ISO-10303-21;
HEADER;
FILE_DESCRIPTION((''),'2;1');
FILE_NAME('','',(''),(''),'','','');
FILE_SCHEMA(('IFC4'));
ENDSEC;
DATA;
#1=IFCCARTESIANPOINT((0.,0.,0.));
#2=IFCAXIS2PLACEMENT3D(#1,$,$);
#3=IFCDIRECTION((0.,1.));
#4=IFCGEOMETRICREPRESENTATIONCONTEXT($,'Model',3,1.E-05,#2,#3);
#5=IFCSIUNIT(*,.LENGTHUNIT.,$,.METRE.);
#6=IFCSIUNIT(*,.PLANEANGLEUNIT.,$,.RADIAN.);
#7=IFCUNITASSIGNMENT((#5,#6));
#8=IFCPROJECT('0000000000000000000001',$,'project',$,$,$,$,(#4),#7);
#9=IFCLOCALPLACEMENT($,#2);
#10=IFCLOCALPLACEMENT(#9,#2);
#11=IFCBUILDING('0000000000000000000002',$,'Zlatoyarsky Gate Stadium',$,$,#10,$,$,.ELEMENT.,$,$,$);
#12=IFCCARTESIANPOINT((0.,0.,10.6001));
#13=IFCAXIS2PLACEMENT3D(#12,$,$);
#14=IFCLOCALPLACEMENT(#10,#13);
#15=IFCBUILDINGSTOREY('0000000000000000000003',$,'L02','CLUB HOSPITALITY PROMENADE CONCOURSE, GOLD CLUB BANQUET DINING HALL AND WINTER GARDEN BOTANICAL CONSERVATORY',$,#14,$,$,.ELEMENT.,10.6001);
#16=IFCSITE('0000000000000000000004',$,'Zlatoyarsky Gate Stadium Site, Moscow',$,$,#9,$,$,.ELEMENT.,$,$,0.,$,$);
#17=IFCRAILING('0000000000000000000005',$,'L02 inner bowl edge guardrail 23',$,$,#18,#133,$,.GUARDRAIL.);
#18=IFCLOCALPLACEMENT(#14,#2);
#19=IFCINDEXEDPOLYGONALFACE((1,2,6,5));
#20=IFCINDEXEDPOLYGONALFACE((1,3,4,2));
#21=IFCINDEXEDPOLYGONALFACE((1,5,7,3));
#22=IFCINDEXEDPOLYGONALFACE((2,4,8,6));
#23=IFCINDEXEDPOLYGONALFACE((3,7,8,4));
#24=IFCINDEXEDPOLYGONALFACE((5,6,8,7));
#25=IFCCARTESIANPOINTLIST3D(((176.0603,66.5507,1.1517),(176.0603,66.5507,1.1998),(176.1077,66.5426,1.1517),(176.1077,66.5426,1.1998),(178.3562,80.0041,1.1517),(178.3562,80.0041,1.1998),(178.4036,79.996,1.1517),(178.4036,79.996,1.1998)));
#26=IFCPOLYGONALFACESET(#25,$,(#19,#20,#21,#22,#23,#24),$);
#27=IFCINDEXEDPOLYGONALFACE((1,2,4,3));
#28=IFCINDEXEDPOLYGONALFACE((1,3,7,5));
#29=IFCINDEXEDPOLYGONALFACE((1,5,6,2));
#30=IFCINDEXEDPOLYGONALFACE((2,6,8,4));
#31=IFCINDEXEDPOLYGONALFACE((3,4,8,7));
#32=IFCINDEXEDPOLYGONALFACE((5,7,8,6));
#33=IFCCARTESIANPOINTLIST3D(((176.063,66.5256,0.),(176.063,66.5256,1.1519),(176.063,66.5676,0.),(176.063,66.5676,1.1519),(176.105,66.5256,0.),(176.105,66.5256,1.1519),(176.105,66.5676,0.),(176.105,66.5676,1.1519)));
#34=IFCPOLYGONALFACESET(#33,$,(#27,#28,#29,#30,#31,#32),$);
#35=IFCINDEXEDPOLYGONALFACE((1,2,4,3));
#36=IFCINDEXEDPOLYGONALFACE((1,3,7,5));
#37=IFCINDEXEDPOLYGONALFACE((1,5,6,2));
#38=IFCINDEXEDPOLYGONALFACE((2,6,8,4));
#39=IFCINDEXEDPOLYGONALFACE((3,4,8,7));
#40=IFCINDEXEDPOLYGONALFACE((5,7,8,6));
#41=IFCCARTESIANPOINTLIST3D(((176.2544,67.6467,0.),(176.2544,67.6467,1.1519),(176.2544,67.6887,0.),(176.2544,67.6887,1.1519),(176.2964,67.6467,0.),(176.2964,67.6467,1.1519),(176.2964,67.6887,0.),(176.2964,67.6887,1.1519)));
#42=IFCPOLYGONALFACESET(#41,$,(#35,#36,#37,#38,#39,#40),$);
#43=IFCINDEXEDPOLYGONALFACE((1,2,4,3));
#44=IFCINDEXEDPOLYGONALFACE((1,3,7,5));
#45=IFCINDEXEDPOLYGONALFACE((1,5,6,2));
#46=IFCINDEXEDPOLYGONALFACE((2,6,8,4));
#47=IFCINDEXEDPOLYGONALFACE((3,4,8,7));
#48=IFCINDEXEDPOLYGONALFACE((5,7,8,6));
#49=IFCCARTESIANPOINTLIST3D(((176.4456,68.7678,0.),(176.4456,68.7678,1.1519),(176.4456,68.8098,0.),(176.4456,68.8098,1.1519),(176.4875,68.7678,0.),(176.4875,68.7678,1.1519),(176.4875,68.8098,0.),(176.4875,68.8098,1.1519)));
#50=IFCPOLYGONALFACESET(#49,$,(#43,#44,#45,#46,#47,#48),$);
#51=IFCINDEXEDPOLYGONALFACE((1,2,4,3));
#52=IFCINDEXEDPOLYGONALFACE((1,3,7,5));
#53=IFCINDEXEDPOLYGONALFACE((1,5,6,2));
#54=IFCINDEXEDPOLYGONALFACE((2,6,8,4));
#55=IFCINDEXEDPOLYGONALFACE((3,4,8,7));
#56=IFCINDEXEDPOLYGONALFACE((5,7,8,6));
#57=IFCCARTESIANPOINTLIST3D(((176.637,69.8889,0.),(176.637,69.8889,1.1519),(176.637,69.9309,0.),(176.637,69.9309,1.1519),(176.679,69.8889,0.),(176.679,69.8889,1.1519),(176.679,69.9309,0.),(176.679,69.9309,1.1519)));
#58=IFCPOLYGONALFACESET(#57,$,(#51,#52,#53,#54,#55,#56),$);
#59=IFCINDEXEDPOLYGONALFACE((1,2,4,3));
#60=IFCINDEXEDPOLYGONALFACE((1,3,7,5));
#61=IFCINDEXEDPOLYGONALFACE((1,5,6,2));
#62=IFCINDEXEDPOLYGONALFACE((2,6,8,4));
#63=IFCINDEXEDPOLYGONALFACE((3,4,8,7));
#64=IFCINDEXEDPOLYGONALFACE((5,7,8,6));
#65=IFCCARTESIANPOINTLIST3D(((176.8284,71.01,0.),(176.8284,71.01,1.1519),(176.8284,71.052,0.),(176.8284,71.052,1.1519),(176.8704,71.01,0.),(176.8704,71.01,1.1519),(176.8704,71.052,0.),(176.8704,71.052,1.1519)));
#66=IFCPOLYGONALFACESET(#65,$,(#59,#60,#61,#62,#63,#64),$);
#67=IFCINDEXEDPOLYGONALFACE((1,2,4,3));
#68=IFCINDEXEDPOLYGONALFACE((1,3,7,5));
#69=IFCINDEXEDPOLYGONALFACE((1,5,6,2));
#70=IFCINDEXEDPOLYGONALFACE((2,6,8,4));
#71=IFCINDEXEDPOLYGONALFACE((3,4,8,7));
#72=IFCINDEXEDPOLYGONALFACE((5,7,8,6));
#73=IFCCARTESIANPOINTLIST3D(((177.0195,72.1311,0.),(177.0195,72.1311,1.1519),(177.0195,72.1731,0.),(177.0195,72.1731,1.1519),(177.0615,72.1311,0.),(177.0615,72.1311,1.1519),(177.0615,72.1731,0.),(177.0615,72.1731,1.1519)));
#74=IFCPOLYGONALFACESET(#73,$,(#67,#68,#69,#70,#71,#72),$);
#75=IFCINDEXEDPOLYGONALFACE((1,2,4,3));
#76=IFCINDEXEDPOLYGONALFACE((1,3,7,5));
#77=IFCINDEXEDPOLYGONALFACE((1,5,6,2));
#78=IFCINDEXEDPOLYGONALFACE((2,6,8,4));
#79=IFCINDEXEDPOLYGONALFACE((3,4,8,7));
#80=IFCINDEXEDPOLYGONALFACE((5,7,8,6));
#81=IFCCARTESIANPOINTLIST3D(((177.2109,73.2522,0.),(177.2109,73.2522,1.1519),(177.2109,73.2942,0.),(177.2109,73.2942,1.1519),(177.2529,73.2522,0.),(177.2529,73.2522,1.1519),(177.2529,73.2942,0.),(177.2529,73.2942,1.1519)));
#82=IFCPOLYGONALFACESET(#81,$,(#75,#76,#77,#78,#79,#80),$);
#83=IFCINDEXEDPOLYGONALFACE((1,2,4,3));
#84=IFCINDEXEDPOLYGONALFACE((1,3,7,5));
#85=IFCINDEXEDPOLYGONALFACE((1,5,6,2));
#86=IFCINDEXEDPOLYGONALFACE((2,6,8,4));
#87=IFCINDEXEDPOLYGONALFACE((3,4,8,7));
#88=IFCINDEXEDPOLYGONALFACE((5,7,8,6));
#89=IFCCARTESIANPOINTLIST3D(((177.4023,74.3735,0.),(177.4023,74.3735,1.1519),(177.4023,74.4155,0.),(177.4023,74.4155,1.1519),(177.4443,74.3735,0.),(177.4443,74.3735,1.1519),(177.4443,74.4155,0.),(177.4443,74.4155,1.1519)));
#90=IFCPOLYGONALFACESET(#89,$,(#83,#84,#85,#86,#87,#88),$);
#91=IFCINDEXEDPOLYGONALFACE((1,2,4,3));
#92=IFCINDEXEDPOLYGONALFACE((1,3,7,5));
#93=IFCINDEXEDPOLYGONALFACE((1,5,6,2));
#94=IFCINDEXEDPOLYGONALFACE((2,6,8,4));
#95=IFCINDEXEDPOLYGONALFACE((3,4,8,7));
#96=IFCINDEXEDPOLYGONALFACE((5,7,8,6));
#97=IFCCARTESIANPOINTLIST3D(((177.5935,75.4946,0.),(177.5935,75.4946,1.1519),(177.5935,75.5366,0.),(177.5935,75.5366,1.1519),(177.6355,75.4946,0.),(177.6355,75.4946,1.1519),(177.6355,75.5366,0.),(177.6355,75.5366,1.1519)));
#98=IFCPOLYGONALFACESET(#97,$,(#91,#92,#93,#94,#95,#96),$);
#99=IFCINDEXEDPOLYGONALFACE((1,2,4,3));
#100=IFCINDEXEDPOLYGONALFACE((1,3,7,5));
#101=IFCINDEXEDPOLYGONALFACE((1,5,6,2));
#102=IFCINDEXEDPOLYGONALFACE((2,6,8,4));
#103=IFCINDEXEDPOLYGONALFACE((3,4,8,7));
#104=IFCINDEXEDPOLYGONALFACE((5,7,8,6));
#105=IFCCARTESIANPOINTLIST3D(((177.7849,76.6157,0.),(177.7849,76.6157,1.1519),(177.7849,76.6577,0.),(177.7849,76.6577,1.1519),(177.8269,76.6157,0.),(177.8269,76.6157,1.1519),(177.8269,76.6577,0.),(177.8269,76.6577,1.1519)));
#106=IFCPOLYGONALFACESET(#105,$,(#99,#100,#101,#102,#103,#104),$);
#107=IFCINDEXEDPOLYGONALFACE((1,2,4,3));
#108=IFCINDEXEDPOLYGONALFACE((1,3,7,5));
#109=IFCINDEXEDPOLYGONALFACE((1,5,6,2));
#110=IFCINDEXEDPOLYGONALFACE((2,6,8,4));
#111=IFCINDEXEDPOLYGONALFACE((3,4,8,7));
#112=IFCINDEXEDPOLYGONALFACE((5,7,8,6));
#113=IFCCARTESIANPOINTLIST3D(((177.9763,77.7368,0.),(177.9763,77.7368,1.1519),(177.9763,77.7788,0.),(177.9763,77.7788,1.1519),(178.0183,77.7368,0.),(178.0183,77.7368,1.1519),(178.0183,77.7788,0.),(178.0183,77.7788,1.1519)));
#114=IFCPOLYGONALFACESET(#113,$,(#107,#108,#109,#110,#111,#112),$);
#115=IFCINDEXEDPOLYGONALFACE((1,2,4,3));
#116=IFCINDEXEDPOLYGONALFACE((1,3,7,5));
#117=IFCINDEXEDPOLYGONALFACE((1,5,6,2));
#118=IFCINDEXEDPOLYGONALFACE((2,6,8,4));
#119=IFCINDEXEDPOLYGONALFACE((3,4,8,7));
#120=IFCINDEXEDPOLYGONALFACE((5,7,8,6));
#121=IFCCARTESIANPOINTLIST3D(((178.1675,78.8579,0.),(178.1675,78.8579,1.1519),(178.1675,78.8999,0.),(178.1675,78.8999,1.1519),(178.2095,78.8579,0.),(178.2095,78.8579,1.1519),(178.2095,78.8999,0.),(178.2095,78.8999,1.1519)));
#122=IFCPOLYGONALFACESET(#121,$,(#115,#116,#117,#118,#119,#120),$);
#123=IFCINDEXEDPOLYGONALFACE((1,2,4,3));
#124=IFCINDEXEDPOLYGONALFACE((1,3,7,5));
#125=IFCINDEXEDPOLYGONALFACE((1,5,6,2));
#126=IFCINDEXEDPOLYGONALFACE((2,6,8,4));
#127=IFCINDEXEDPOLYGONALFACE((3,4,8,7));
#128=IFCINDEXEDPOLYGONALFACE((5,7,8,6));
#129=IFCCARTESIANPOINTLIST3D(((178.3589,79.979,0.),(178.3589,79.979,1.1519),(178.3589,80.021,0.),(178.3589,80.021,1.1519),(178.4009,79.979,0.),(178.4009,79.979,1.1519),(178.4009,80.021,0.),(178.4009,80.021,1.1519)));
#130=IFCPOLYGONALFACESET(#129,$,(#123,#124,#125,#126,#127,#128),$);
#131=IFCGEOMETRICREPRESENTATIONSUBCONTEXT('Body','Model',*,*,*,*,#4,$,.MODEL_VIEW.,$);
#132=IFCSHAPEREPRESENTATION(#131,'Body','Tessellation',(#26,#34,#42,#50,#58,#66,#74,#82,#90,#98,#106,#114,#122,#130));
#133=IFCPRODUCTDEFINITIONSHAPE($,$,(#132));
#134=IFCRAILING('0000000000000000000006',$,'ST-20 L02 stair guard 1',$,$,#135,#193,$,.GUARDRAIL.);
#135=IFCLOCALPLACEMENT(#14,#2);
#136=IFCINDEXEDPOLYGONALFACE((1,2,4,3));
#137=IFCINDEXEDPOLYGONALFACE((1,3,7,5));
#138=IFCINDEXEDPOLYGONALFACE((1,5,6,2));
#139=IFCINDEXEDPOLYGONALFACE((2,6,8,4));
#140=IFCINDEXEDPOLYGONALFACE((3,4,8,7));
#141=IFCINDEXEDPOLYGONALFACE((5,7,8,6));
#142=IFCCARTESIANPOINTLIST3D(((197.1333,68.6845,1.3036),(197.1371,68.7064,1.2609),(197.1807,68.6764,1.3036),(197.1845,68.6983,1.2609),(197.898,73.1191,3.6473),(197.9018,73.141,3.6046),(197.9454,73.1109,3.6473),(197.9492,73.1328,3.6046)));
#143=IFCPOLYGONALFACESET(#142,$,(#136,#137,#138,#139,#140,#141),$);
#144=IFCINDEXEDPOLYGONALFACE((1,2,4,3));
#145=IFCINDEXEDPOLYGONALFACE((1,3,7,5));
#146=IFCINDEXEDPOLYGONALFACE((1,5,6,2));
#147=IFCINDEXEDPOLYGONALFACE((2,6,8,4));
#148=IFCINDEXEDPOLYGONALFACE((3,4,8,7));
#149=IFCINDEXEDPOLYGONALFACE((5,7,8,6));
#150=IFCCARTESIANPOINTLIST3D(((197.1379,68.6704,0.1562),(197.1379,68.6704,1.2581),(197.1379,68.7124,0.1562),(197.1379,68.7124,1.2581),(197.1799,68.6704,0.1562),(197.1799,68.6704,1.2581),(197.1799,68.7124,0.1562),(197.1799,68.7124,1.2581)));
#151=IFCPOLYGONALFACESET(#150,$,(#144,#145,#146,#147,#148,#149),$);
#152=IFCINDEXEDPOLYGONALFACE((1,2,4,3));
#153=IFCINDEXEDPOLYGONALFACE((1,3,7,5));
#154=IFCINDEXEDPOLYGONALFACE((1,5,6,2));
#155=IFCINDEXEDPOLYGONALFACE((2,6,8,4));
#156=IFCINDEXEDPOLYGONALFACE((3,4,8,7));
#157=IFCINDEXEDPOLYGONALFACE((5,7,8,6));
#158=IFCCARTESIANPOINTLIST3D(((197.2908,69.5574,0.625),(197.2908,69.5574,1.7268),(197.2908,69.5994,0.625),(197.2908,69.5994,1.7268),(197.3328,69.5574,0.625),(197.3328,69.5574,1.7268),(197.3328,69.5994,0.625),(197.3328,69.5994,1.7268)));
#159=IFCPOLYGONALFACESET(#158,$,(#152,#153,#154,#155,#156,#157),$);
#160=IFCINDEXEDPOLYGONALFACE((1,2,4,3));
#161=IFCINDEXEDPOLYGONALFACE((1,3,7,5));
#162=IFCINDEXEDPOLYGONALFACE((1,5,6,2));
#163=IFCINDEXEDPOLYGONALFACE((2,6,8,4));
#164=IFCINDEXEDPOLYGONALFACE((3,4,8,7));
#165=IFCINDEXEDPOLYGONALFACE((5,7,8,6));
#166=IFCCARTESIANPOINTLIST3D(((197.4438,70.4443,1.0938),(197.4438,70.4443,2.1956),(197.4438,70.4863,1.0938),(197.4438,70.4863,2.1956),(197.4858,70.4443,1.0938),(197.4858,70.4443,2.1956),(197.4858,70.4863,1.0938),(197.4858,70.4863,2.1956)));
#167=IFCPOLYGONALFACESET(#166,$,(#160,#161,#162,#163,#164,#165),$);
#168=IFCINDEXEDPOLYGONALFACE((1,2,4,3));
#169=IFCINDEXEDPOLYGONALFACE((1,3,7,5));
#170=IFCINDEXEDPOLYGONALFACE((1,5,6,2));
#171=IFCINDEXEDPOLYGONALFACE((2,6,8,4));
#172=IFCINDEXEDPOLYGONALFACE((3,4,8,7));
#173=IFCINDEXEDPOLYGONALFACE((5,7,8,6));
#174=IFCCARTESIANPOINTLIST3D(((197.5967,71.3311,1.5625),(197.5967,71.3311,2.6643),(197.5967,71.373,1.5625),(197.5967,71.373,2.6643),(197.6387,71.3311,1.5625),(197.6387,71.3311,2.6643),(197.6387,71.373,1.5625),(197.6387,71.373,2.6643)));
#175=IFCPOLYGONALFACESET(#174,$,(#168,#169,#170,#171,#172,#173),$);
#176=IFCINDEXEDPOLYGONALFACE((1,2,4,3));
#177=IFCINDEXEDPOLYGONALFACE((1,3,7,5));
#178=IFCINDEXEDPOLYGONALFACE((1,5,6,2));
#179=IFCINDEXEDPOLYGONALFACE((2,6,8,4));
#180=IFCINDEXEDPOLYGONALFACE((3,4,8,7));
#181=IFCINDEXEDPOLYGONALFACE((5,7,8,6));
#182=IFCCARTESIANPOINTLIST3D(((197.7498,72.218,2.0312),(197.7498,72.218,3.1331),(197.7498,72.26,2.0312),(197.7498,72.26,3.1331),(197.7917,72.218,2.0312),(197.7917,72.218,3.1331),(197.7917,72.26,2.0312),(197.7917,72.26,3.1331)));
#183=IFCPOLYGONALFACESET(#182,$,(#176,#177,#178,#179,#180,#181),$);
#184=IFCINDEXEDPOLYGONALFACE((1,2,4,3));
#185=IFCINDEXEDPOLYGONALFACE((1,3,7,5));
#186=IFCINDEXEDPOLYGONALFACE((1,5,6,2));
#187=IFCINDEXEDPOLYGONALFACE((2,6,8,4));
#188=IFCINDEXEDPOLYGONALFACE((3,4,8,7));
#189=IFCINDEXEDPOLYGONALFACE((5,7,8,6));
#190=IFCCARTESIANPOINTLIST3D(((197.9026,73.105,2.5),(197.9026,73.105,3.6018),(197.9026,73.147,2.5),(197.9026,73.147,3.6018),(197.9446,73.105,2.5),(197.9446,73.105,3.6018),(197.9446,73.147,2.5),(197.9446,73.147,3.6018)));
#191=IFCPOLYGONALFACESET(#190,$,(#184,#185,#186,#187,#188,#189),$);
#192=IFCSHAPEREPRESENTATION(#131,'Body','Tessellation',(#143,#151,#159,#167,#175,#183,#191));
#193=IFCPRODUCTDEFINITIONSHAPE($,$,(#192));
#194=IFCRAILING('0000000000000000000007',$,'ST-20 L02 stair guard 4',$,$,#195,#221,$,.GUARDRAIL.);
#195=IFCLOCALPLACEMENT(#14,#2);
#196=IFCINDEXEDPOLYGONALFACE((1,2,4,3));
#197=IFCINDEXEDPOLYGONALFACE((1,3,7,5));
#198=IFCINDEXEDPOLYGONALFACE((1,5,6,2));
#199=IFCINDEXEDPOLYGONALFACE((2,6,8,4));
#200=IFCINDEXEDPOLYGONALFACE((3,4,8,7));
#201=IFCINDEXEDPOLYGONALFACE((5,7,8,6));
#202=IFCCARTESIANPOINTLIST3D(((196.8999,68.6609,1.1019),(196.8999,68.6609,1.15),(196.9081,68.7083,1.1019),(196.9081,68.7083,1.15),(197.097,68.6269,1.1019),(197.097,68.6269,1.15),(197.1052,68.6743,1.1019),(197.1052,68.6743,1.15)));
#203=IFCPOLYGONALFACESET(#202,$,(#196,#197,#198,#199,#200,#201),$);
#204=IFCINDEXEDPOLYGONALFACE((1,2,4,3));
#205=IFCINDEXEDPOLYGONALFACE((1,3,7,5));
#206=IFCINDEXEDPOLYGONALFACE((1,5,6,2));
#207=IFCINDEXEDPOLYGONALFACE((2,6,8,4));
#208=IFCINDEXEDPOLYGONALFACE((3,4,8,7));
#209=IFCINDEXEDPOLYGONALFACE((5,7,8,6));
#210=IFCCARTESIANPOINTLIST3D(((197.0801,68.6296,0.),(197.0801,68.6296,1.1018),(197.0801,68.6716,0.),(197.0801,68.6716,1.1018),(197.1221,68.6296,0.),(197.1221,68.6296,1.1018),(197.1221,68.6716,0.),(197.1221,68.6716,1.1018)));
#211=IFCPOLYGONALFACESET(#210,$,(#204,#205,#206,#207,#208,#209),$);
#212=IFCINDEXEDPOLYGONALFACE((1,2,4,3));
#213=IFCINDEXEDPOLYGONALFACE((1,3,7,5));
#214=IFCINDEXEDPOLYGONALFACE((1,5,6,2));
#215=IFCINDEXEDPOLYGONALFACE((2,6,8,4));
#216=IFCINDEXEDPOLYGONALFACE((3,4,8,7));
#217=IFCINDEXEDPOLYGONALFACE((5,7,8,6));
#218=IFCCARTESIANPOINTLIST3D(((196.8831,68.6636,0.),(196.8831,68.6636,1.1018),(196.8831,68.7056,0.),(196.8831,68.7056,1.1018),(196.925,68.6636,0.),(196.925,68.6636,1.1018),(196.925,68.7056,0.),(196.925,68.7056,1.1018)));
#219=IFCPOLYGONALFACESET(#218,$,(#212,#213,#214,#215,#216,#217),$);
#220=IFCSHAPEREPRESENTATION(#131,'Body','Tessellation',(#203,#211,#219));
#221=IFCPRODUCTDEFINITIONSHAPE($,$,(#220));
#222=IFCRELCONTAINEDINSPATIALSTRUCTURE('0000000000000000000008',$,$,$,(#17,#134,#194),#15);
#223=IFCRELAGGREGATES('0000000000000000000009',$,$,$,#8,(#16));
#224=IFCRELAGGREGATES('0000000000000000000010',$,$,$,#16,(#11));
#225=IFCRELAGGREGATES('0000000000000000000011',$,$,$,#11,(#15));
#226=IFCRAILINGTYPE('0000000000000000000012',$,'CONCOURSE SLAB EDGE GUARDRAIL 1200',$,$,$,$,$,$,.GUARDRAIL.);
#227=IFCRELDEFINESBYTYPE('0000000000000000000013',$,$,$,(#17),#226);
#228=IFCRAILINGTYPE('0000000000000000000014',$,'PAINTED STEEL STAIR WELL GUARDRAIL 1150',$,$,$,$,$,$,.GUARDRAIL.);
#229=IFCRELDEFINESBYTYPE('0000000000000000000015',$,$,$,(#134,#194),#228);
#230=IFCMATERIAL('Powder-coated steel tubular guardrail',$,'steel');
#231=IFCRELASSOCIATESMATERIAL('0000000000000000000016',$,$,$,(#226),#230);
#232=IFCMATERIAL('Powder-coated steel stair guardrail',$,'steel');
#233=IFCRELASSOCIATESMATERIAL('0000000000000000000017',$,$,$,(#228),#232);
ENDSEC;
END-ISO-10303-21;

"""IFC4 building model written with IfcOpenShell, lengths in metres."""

from ifc_helpers import new_model, si_unit, direction, frame, origin, origin_2d, place, context, subcontext, project, spatial, rectangle, extrude, material, type_object, element, save


model = new_model("IFC4")

# Units and contexts
model_context = context("Model", 3, precision=1e-05, world=origin(), true_north=direction((0.0, 1.0)))
body_context = subcontext(model_context, "Body", "Model", "MODEL_VIEW")
ifc_project = project(units=[si_unit("LENGTHUNIT", "METRE"), si_unit("PLANEANGLEUNIT", "RADIAN")], contexts=[model_context])

# Site, building, storey
site_placement = place(None, origin())
site = spatial("IfcSite", under=ifc_project, at=site_placement, Name="Zlatoyarsky Gate Stadium Site, Moscow", CompositionType="ELEMENT", RefElevation=0.0)
building_placement = place(site_placement, origin())
building = spatial("IfcBuilding", under=site, at=building_placement, Name="Zlatoyarsky Gate Stadium", CompositionType="ELEMENT")
storey_placement = place(building_placement, frame((0.0, 0.0, 10.6001)))
storey = spatial("IfcBuildingStorey", under=building, at=storey_placement, Name="L02", Description="CLUB HOSPITALITY PROMENADE CONCOURSE, GOLD CLUB BANQUET DINING HALL AND WINTER GARDEN BOTANICAL CONSERVATORY", CompositionType="ELEMENT", Elevation=10.6001)

# Railings
ifc_material_1 = material(Name="Powder-coated steel tubular guardrail", Category="steel")
railing_type_1 = type_object("IfcRailingType", Name="CONCOURSE SLAB EDGE GUARDRAIL 1200", PredefinedType="GUARDRAIL", material=ifc_material_1)
railing_1_placement = place(storey_placement, frame((176.084, 66.5466, 0.0)))
element("IfcRailing", 1, at=railing_1_placement, inside=storey, type_object=railing_type_1, Name="L02 inner bowl edge guardrail 23", PredefinedType="GUARDRAIL", context=body_context, shape_type="SweptSolid", body=[
    extrude(rectangle(XDim=0.0481, YDim=0.0481, at=origin_2d()), frame((0.0, 0.0, 1.1758), z_axis=(0.168224, 0.985749, 0.0), x_axis=(-0.985749, 0.168224, 0.0)), (0.0, 0.0, 1.0), 13.6479),
    extrude(rectangle(XDim=0.042, YDim=0.042, at=origin_2d()), origin(), (0.0, 0.0, 1.0), 1.1519),
    extrude(rectangle(XDim=0.042, YDim=0.042, at=origin_2d()), frame((0.1914, 1.1211, 0.0)), (0.0, 0.0, 1.0), 1.1519),
    extrude(rectangle(XDim=0.042, YDim=0.042, at=origin_2d()), frame((0.3826, 2.2422, 0.0)), (0.0, 0.0, 1.0), 1.1519),
    extrude(rectangle(XDim=0.042, YDim=0.042, at=origin_2d()), frame((0.574, 3.3633, 0.0)), (0.0, 0.0, 1.0), 1.1519),
    extrude(rectangle(XDim=0.042, YDim=0.042, at=origin_2d()), frame((0.7654, 4.4844, 0.0)), (0.0, 0.0, 1.0), 1.1519),
    extrude(rectangle(XDim=0.042, YDim=0.042, at=origin_2d()), frame((0.9565, 5.6055, 0.0)), (0.0, 0.0, 1.0), 1.1519),
    extrude(rectangle(XDim=0.042, YDim=0.042, at=origin_2d()), frame((1.1479, 6.7266, 0.0)), (0.0, 0.0, 1.0), 1.1519),
    extrude(rectangle(XDim=0.042, YDim=0.042, at=origin_2d()), frame((1.3394, 7.8479, 0.0)), (0.0, 0.0, 1.0), 1.1519),
    extrude(rectangle(XDim=0.042, YDim=0.042, at=origin_2d()), frame((1.5305, 8.969, 0.0)), (0.0, 0.0, 1.0), 1.1519),
    extrude(rectangle(XDim=0.042, YDim=0.042, at=origin_2d()), frame((1.7219, 10.0901, 0.0)), (0.0, 0.0, 1.0), 1.1519),
    extrude(rectangle(XDim=0.042, YDim=0.042, at=origin_2d()), frame((1.9133, 11.2112, 0.0)), (0.0, 0.0, 1.0), 1.1519),
    extrude(rectangle(XDim=0.042, YDim=0.042, at=origin_2d()), frame((2.1045, 12.3323, 0.0)), (0.0, 0.0, 1.0), 1.1519),
    extrude(rectangle(XDim=0.042, YDim=0.042, at=origin_2d()), frame((2.2959, 13.4534, 0.0)), (0.0, 0.0, 1.0), 1.1519),
])
ifc_material_2 = material(Name="Powder-coated steel stair guardrail", Category="steel")
railing_type_2 = type_object("IfcRailingType", Name="PAINTED STEEL STAIR WELL GUARDRAIL 1150", PredefinedType="GUARDRAIL", material=ifc_material_2)
railing_2_placement = place(storey_placement, frame((197.1589, 68.6914, 0.1562)))
element("IfcRailing", 2, at=railing_2_placement, inside=storey, type_object=railing_type_2, Name="ST-20 L02 stair guard 1", PredefinedType="GUARDRAIL", context=body_context, shape_type="SweptSolid", body=[
    extrude(rectangle(XDim=0.0481, YDim=0.0481, at=origin_2d()), frame((0.0, 0.0, 1.126), z_axis=(0.150706, 0.874017, 0.461934), x_axis=(-0.985458, 0.169921, 0.0)), (0.0, 0.0, 1.0), 5.0737),
    extrude(rectangle(XDim=0.042, YDim=0.042, at=origin_2d()), origin(), (0.0, 0.0, 1.0), 1.1018),
    extrude(rectangle(XDim=0.042, YDim=0.042, at=origin_2d()), frame((0.1528, 0.887, 0.4688)), (0.0, 0.0, 1.0), 1.1018),
    extrude(rectangle(XDim=0.042, YDim=0.042, at=origin_2d()), frame((0.3059, 1.7739, 0.9375)), (0.0, 0.0, 1.0), 1.1018),
    extrude(rectangle(XDim=0.042, YDim=0.042, at=origin_2d()), frame((0.4587, 2.6606, 1.4062)), (0.0, 0.0, 1.0), 1.1018),
    extrude(rectangle(XDim=0.042, YDim=0.042, at=origin_2d()), frame((0.6118, 3.5476, 1.875)), (0.0, 0.0, 1.0), 1.1018),
    extrude(rectangle(XDim=0.042, YDim=0.042, at=origin_2d()), frame((0.7646, 4.4346, 2.3438)), (0.0, 0.0, 1.0), 1.1018),
])
railing_3_placement = place(storey_placement, frame((197.1011, 68.6506, 0.0)))
element("IfcRailing", 3, at=railing_3_placement, inside=storey, type_object=railing_type_2, Name="ST-20 L02 stair guard 4", PredefinedType="GUARDRAIL", context=body_context, shape_type="SweptSolid", body=[
    extrude(rectangle(XDim=0.0481, YDim=0.0481, at=origin_2d()), frame((0.0, 0.0, 1.126), z_axis=(-0.985488, 0.169743, 0.0), x_axis=(-0.169743, -0.985488, 0.0)), (0.0, 0.0, 1.0), 0.2),
    extrude(rectangle(XDim=0.042, YDim=0.042, at=origin_2d()), origin(), (0.0, 0.0, 1.0), 1.1018),
    extrude(rectangle(XDim=0.042, YDim=0.042, at=origin_2d()), frame((-0.197, 0.0339, 0.0)), (0.0, 0.0, 1.0), 1.1018),
])

save(model, "model.ifc")
